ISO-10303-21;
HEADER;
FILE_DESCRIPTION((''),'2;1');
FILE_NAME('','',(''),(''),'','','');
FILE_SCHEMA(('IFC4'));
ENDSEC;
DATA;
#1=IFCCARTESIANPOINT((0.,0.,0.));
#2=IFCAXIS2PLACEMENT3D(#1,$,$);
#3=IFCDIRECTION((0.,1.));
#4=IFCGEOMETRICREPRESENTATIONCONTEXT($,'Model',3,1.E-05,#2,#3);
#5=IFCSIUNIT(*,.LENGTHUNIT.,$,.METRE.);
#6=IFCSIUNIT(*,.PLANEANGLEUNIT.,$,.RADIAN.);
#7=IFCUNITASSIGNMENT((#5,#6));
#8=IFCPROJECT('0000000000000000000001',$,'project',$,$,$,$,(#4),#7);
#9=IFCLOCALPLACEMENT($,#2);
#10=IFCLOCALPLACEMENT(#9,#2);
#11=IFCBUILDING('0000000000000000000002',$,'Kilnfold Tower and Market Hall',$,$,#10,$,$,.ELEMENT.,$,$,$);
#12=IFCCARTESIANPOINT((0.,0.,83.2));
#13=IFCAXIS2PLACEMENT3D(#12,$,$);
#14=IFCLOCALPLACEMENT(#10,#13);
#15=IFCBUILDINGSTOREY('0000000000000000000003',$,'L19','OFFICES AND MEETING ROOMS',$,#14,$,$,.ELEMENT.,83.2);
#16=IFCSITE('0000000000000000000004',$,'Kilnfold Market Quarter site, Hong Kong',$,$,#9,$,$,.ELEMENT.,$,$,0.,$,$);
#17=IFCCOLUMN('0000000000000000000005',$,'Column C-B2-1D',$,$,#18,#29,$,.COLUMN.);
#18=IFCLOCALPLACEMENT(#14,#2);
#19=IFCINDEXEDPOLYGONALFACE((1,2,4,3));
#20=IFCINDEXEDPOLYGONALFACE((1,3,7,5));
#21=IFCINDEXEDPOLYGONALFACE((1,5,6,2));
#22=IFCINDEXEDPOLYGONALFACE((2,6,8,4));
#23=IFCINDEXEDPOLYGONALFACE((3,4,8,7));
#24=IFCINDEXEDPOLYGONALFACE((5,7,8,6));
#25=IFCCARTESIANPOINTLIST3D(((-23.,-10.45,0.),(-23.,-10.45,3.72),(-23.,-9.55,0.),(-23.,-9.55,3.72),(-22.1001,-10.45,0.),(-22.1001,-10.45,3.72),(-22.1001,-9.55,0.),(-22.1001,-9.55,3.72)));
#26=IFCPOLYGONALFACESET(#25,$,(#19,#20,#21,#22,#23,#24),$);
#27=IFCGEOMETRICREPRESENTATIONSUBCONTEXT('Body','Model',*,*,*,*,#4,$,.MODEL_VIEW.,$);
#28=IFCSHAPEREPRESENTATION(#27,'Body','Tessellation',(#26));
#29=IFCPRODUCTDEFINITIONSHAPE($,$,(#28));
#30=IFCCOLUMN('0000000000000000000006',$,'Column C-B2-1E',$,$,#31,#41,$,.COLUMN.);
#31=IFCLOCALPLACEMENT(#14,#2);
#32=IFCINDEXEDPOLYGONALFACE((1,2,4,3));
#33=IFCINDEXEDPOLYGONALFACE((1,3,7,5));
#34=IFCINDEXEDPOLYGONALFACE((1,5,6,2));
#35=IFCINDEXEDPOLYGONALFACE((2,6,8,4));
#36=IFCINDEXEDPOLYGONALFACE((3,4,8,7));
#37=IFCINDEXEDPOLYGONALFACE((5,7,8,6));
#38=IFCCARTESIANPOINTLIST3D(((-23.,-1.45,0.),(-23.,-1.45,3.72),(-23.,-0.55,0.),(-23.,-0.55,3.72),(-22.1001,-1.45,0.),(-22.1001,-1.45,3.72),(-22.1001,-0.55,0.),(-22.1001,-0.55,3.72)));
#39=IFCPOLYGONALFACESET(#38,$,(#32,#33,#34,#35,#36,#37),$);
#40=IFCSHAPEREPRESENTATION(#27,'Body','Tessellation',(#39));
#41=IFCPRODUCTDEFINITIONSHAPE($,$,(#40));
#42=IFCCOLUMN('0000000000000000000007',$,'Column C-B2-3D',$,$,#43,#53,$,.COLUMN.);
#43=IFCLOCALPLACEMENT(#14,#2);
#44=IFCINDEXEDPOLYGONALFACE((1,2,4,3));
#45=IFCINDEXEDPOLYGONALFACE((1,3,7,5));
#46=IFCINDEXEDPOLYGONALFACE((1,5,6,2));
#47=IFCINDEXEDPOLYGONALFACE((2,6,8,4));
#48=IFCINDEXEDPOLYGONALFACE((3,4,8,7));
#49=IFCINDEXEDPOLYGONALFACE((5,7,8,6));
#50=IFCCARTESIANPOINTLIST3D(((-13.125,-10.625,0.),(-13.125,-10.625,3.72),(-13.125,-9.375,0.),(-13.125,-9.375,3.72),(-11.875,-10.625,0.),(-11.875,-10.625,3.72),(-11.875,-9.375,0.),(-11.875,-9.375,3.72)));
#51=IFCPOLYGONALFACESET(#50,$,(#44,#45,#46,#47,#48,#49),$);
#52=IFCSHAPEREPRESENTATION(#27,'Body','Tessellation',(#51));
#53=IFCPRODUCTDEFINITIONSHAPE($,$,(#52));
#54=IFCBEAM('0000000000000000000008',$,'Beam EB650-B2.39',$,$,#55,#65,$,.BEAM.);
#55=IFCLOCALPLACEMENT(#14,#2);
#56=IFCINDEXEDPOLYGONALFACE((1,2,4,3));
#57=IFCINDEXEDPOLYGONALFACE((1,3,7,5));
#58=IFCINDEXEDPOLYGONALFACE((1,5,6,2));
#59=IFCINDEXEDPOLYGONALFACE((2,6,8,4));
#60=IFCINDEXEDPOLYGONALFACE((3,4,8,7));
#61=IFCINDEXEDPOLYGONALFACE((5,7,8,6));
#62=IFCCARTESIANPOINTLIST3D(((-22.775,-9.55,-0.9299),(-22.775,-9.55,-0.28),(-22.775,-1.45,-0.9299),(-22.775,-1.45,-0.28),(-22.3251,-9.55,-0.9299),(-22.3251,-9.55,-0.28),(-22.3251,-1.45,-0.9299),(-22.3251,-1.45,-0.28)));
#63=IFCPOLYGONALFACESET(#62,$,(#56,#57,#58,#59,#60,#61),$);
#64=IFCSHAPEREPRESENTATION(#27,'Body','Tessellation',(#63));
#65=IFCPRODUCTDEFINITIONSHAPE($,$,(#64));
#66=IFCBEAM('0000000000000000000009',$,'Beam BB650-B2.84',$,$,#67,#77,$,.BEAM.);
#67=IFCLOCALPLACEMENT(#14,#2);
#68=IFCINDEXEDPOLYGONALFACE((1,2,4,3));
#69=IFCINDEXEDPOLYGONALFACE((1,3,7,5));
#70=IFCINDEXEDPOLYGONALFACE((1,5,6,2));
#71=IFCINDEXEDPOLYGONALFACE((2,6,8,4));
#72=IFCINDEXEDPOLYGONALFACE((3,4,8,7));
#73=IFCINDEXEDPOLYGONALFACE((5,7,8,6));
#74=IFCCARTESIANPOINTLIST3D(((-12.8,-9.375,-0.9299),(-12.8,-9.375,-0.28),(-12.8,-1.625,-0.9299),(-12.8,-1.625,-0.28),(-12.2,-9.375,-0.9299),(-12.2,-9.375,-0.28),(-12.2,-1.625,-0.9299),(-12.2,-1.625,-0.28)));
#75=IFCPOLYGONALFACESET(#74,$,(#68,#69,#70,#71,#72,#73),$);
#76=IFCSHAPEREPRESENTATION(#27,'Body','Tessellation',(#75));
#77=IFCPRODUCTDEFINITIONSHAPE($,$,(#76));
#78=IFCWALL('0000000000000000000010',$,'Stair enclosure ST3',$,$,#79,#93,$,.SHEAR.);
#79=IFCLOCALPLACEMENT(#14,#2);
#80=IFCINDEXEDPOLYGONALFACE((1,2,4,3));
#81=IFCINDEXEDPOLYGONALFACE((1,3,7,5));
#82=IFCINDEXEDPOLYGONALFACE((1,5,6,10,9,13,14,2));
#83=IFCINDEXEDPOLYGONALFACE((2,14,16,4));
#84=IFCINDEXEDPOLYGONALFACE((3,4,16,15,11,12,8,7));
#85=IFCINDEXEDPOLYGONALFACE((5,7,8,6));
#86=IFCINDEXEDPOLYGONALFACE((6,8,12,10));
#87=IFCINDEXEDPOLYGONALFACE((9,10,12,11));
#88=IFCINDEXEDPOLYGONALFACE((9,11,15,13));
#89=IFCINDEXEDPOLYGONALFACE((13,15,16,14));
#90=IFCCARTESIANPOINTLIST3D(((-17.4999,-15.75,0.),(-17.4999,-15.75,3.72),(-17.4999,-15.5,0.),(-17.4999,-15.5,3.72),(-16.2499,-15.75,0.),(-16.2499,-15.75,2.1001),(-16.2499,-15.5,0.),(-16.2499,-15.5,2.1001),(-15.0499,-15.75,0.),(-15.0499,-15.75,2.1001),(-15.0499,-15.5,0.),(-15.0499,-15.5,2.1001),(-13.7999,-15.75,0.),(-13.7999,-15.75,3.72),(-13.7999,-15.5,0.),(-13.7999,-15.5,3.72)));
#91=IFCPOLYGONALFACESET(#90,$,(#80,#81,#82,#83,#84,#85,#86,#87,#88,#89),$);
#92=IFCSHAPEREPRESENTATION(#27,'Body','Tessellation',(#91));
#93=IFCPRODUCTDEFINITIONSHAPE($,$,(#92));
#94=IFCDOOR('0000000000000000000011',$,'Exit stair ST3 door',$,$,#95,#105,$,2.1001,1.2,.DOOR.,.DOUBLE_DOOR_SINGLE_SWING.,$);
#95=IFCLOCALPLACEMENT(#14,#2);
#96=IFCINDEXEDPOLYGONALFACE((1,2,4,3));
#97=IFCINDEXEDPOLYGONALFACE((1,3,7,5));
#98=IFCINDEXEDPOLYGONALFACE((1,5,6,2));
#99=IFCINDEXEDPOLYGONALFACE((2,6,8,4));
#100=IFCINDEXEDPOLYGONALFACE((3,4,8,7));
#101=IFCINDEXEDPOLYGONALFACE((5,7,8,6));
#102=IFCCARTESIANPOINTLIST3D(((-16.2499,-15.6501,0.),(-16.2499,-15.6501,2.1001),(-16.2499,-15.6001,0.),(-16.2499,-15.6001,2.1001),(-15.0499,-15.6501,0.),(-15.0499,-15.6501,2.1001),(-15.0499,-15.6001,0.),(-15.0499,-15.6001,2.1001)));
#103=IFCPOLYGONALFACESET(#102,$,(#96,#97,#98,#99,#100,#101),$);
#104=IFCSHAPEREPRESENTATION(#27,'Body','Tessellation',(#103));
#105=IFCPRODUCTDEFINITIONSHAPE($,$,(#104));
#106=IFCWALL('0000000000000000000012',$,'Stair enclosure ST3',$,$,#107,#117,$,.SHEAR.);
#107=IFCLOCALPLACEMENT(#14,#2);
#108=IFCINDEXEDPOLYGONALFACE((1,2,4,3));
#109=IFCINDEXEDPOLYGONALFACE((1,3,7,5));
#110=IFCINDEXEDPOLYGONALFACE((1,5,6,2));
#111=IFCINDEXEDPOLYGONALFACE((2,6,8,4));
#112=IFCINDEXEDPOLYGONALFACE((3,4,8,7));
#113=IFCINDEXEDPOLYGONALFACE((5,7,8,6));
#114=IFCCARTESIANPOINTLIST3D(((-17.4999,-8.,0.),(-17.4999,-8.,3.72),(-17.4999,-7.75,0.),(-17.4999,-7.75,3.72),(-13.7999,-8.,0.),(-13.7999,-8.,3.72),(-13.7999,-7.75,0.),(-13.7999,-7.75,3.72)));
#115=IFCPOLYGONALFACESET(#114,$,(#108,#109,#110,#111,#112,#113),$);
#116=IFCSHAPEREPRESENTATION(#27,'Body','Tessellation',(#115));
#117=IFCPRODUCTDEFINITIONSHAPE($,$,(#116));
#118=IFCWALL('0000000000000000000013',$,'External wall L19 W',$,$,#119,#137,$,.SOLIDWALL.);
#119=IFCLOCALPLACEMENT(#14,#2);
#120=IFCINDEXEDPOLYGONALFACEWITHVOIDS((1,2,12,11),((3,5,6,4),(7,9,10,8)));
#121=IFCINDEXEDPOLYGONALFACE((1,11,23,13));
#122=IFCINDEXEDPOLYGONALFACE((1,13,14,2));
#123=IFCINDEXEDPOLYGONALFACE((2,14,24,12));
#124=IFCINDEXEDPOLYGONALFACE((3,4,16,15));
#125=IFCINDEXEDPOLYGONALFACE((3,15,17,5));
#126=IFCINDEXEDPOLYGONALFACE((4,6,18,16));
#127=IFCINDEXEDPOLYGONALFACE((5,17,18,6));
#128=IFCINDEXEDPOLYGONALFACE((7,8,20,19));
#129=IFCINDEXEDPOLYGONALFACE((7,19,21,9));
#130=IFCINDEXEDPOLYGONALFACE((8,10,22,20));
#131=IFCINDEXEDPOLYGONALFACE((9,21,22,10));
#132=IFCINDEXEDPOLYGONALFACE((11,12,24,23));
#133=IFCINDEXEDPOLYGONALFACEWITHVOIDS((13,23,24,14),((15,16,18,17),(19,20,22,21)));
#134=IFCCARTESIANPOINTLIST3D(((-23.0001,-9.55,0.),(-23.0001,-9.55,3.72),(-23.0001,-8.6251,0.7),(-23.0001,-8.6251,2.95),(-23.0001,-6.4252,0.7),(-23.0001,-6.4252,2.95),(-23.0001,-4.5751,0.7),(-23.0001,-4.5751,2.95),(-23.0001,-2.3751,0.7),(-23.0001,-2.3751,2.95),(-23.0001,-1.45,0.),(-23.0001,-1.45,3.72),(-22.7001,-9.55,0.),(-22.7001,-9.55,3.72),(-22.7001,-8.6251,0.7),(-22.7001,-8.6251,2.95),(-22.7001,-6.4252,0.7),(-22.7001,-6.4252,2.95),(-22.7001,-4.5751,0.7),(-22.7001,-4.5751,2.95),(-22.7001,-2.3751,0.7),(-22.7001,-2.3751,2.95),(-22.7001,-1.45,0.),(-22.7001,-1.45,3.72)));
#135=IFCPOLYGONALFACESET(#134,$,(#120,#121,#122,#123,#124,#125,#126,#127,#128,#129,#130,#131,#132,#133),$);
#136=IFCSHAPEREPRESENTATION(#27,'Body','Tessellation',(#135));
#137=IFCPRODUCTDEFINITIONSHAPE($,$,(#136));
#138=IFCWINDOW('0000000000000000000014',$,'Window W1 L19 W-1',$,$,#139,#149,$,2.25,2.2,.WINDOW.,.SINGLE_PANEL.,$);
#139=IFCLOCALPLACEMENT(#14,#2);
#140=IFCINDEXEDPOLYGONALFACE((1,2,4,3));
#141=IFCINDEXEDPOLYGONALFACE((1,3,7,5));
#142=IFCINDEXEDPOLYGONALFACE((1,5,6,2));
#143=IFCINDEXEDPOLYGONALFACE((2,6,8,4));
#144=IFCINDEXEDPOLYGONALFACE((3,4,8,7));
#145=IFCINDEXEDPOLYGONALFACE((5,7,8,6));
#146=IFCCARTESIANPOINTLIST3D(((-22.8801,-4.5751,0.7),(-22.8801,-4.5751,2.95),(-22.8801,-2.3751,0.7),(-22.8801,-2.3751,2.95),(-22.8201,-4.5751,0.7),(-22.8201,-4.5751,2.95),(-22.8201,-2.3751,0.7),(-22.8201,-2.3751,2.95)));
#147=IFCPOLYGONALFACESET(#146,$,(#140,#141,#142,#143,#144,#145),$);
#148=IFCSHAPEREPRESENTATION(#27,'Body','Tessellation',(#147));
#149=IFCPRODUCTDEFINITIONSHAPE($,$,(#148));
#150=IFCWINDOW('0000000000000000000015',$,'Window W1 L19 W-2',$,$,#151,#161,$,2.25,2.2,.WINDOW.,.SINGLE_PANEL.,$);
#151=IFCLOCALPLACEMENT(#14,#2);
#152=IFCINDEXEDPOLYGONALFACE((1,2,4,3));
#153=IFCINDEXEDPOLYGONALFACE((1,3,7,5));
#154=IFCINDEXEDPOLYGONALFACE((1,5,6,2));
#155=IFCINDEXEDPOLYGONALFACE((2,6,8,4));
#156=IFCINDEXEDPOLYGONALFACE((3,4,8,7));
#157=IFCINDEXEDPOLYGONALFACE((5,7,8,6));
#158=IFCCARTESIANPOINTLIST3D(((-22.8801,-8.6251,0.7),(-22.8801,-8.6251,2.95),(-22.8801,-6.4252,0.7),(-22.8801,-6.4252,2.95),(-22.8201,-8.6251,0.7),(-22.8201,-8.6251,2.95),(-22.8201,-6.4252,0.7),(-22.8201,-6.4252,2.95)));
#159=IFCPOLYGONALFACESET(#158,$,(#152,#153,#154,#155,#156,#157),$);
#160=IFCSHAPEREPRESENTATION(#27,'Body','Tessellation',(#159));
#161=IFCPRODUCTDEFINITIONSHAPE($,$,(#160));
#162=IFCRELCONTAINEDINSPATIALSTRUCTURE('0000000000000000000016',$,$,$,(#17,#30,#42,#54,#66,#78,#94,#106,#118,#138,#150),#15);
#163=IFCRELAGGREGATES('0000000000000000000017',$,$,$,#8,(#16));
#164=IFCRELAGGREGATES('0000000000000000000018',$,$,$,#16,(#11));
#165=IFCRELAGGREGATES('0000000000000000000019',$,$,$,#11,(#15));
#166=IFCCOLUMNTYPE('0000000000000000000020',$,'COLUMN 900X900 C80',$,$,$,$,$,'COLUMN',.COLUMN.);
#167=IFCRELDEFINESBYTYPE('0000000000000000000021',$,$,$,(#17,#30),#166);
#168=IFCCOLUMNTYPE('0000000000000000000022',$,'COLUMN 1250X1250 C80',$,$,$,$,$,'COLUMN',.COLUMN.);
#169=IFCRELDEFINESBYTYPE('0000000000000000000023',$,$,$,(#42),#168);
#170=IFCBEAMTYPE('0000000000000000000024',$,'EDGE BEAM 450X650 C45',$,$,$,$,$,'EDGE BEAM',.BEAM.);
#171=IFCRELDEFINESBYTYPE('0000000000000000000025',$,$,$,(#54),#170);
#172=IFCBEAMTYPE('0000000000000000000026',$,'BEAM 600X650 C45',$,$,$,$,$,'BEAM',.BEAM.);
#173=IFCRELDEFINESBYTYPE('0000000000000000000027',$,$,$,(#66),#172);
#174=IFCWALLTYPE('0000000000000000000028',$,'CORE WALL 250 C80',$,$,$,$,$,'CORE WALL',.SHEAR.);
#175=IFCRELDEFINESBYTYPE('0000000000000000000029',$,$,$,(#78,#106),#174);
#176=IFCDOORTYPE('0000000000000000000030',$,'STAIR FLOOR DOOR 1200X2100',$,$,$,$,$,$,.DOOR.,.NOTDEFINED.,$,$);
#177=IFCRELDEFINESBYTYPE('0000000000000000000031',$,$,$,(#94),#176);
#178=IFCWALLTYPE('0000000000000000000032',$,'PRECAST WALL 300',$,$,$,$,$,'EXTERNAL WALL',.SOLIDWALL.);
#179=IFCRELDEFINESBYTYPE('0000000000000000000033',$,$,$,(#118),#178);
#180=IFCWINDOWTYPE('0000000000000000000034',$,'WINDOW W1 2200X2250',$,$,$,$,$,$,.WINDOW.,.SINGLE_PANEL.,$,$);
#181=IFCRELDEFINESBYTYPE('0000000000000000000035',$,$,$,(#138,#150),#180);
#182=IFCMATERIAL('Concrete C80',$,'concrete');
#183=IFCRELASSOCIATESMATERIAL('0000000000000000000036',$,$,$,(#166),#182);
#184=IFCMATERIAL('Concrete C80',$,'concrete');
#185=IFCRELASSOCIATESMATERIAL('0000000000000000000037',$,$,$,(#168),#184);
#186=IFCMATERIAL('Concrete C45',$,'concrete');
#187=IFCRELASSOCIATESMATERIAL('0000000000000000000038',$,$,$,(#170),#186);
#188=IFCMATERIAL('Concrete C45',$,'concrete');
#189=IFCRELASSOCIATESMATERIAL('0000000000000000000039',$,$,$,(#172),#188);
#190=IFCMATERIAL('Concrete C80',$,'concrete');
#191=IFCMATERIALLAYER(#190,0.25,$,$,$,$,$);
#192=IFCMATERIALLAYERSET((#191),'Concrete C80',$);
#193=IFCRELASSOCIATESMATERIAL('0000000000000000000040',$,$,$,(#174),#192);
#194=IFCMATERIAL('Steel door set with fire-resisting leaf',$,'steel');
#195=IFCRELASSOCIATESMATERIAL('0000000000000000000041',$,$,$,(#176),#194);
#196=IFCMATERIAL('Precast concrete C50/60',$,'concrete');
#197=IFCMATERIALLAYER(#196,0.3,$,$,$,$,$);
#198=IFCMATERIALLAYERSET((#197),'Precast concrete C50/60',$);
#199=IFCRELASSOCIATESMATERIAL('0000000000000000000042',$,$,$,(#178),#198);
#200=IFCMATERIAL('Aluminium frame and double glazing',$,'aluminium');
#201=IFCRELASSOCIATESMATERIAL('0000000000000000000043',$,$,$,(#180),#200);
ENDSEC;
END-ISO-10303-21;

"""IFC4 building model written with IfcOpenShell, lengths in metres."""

from ifc_helpers import new_model, si_unit, direction, frame, frame_2d, origin, origin_2d, place, context, subcontext, project, spatial, rectangle, extrude, source, transform, mapped, material, layer, layer_set, material_profile, profile_set, type_object, element, fill, save


model = new_model("IFC4")

# Units and contexts
model_context = context("Model", 3, precision=1e-05, world=origin(), true_north=direction((0.0, 1.0)))
body_context = subcontext(model_context, "Body", "Model", "MODEL_VIEW")
ifc_project = project(units=[si_unit("LENGTHUNIT", "METRE"), si_unit("PLANEANGLEUNIT", "RADIAN")], contexts=[model_context])

# Site, building, storey
site_placement = place(None, origin())
site = spatial("IfcSite", under=ifc_project, at=site_placement, Name="Kilnfold Market Quarter site, Hong Kong", CompositionType="ELEMENT", RefElevation=0.0)
building_placement = place(site_placement, origin())
building = spatial("IfcBuilding", under=site, at=building_placement, Name="Kilnfold Tower and Market Hall", CompositionType="ELEMENT")
storey_placement = place(building_placement, frame((0.0, 0.0, 83.2)))
storey = spatial("IfcBuildingStorey", under=building, at=storey_placement, Name="L19", Description="OFFICES AND MEETING ROOMS", CompositionType="ELEMENT", Elevation=83.2)

# Columns
ifc_material_1 = material(Name="Concrete C80", Category="concrete")
ifc_material_profile_1 = material_profile(ifc_material_1, rectangle(XDim=0.8999, YDim=0.8999, at=origin_2d()), Name="RC 900x900")
ifc_profile_set_1 = profile_set([ifc_material_profile_1], Name="Concrete C80")
column_type_1 = type_object("IfcColumnType", Name="COLUMN 900X900 C80", ElementType="COLUMN", PredefinedType="COLUMN", material=ifc_profile_set_1)
shared_shape_1 = source(origin(), body_context, "Body", "SweptSolid", [
    extrude(rectangle(XDim=0.8999, YDim=0.8999, at=origin_2d()), origin(), (0.0, 0.0, 1.0), 3.72),
])
for number, where, z_axis, x_axis, name in (
    (1, (-22.55, -10.0, 0.0), (0.0, 0.0, 1.0), (1.0, 0.0, 0.0), "Column C-B2-1D"),
    (2, (-22.55, -1.0, 0.0), (0.0, 0.0, 1.0), (1.0, 0.0, 0.0), "Column C-B2-1E"),
):
    element("IfcColumn", number, at=place(storey_placement, frame(where, z_axis=z_axis, x_axis=x_axis)), inside=storey, type_object=column_type_1, Name=name, PredefinedType="COLUMN", context=body_context, shape_type="MappedRepresentation", body=[
        mapped(shared_shape_1, transform((0.0, 0.0, 0.0))),
    ])
ifc_material_2 = material(Name="Concrete C80", Category="concrete")
ifc_material_profile_2 = material_profile(ifc_material_2, rectangle(XDim=1.25, YDim=1.25, at=origin_2d()), Name="RC 1250x1250")
ifc_profile_set_2 = profile_set([ifc_material_profile_2], Name="Concrete C80")
column_type_2 = type_object("IfcColumnType", Name="COLUMN 1250X1250 C80", ElementType="COLUMN", PredefinedType="COLUMN", material=ifc_profile_set_2)
shared_shape_2 = source(origin(), body_context, "Body", "SweptSolid", [
    extrude(rectangle(XDim=1.25, YDim=1.25, at=origin_2d()), origin(), (0.0, 0.0, 1.0), 3.72),
])
column_placement = place(storey_placement, frame((-12.5, -10.0, 0.0), z_axis=(0.0, 0.0, 1.0), x_axis=(1.0, 0.0, 0.0)))
element("IfcColumn", 3, at=column_placement, inside=storey, type_object=column_type_2, Name="Column C-B2-3D", PredefinedType="COLUMN", context=body_context, shape_type="MappedRepresentation", body=[
    mapped(shared_shape_2, transform((0.0, 0.0, 0.0))),
])

# Beams
ifc_material_3 = material(Name="Concrete C45", Category="concrete")
ifc_material_profile_3 = material_profile(ifc_material_3, rectangle(XDim=0.45, YDim=0.6499, at=origin_2d()), Name="RC 450x650")
ifc_profile_set_3 = profile_set([ifc_material_profile_3], Name="Concrete C45")
beam_type_1 = type_object("IfcBeamType", Name="EDGE BEAM 450X650 C45", ElementType="EDGE BEAM", PredefinedType="BEAM", material=ifc_profile_set_3)
shared_shape_3 = source(origin(), body_context, "Body", "SweptSolid", [
    extrude(rectangle(XDim=0.45, YDim=0.6499, at=origin_2d()), origin(), (0.0, 0.0, 1.0), 8.1001),
])
beam_1_placement = place(storey_placement, frame((-22.55, -9.55, -0.605), z_axis=(0.0, 1.0, 0.0), x_axis=(-1.0, 0.0, 0.0)))
element("IfcBeam", 4, at=beam_1_placement, inside=storey, type_object=beam_type_1, Name="Beam EB650-B2.39", PredefinedType="BEAM", context=body_context, shape_type="MappedRepresentation", body=[
    mapped(shared_shape_3, transform((0.0, 0.0, 0.0))),
])
ifc_material_4 = material(Name="Concrete C45", Category="concrete")
ifc_material_profile_4 = material_profile(ifc_material_4, rectangle(XDim=0.6001, YDim=0.6499, at=origin_2d()), Name="RC 600x650")
ifc_profile_set_4 = profile_set([ifc_material_profile_4], Name="Concrete C45")
beam_type_2 = type_object("IfcBeamType", Name="BEAM 600X650 C45", ElementType="BEAM", PredefinedType="BEAM", material=ifc_profile_set_4)
shared_shape_4 = source(origin(), body_context, "Body", "SweptSolid", [
    extrude(rectangle(XDim=0.6001, YDim=0.6499, at=origin_2d()), origin(), (0.0, 0.0, 1.0), 7.75),
])
beam_2_placement = place(storey_placement, frame((-12.5, -9.375, -0.605), z_axis=(0.0, 1.0, 0.0), x_axis=(-1.0, 0.0, 0.0)))
element("IfcBeam", 5, at=beam_2_placement, inside=storey, type_object=beam_type_2, Name="Beam BB650-B2.84", PredefinedType="BEAM", context=body_context, shape_type="MappedRepresentation", body=[
    mapped(shared_shape_4, transform((0.0, 0.0, 0.0))),
])

# Wall, opening, door
ifc_material_5 = material(Name="Concrete C80", Category="concrete")
ifc_layer_1 = layer(ifc_material_5, 0.25)
ifc_layer_set_1 = layer_set([ifc_layer_1], Name="Concrete C80")
wall_type_1 = type_object("IfcWallType", Name="CORE WALL 250 C80", ElementType="CORE WALL", PredefinedType="SHEAR", material=ifc_layer_set_1)
shared_shape_5 = source(origin(), body_context, "Body", "SweptSolid", [
    extrude(rectangle(XDim=3.7, YDim=0.25, at=frame_2d((1.8501, 0.0))), origin(), (0.0, 0.0, 1.0), 3.72),
])
wall_1_placement = place(storey_placement, frame((-17.5, -15.625, 0.0), z_axis=(0.0, 0.0, 1.0), x_axis=(1.0, 0.0, 0.0)))
wall_1 = element("IfcWall", 6, at=wall_1_placement, inside=storey, type_object=wall_type_1, Name="Stair enclosure ST3", PredefinedType="SHEAR", context=body_context, shape_type="MappedRepresentation", body=[
    mapped(shared_shape_5, transform((0.0, 0.0, 0.0))),
])
opening_1_placement = place(wall_1_placement, frame((1.25, 0.0, 0.0)))
opening_1 = element("IfcOpeningElement", 7, at=opening_1_placement, cuts=wall_1, PredefinedType="OPENING", context=body_context, shape_type="SweptSolid", body=[
    extrude(rectangle(XDim=1.2, YDim=2.1001, at=frame_2d((0.6001, 1.05))), frame((0.0, 0.135, 0.0), z_axis=(0.0, -1.0, 0.0), x_axis=(1.0, 0.0, 0.0)), (0.0, 0.0, 1.0), 0.27),
])
ifc_material_6 = material(Name="Steel door set with fire-resisting leaf", Category="steel")
door_type = type_object("IfcDoorType", Name="STAIR FLOOR DOOR 1200X2100", OperationType="NOTDEFINED", PredefinedType="DOOR", material=ifc_material_6)
door_placement = place(opening_1_placement, origin())
door = element("IfcDoor", 8, at=door_placement, inside=storey, type_object=door_type, Name="Exit stair ST3 door", OperationType="DOUBLE_DOOR_SINGLE_SWING", OverallHeight=2.1001, OverallWidth=1.2, PredefinedType="DOOR", context=body_context, shape_type="SweptSolid", body=[
    extrude(rectangle(XDim=1.2, YDim=2.1001, at=frame_2d((0.6001, 1.05))), frame((0.0, 0.0249, 0.0), z_axis=(0.0, -1.0, 0.0), x_axis=(1.0, 0.0, 0.0)), (0.0, 0.0, 1.0), 0.05),
])
fill(opening_1, door)

# Wall
wall_2_placement = place(storey_placement, frame((-17.5, -7.875, 0.0), z_axis=(0.0, 0.0, 1.0), x_axis=(1.0, 0.0, 0.0)))
element("IfcWall", 9, at=wall_2_placement, inside=storey, type_object=wall_type_1, Name="Stair enclosure ST3", PredefinedType="SHEAR", context=body_context, shape_type="MappedRepresentation", body=[
    mapped(shared_shape_5, transform((0.0, 0.0, 0.0))),
])

# Wall, openings, windows
ifc_material_7 = material(Name="Precast concrete C50/60", Category="concrete")
ifc_layer_2 = layer(ifc_material_7, 0.3)
ifc_layer_set_2 = layer_set([ifc_layer_2], Name="Precast concrete C50/60")
wall_type_2 = type_object("IfcWallType", Name="PRECAST WALL 300", ElementType="EXTERNAL WALL", PredefinedType="SOLIDWALL", material=ifc_layer_set_2)
shared_shape_6 = source(origin(), body_context, "Body", "SweptSolid", [
    extrude(rectangle(XDim=8.1001, YDim=0.3, at=frame_2d((4.05, 0.0))), origin(), (0.0, 0.0, 1.0), 3.72),
])
wall_3_placement = place(storey_placement, frame((-22.8501, -1.45, 0.0), z_axis=(0.0, 0.0, 1.0), x_axis=(0.0, -1.0, 0.0)))
wall_3 = element("IfcWall", 10, at=wall_3_placement, inside=storey, type_object=wall_type_2, Name="External wall L19 W", PredefinedType="SOLIDWALL", context=body_context, shape_type="MappedRepresentation", body=[
    mapped(shared_shape_6, transform((0.0, 0.0, 0.0))),
])
opening_2_placement = place(wall_3_placement, frame((0.925, 0.0, 0.7)))
opening_2 = element("IfcOpeningElement", 11, at=opening_2_placement, cuts=wall_3, PredefinedType="OPENING", context=body_context, shape_type="SweptSolid", body=[
    extrude(rectangle(XDim=2.2, YDim=2.25, at=frame_2d((1.1001, 1.125))), frame((0.0, 0.1602, 0.0), z_axis=(0.0, -1.0, 0.0), x_axis=(1.0, 0.0, 0.0)), (0.0, 0.0, 1.0), 0.3201),
])
opening_3_placement = place(wall_3_placement, frame((4.9751, 0.0, 0.7)))
opening_3 = element("IfcOpeningElement", 12, at=opening_3_placement, cuts=wall_3, PredefinedType="OPENING", context=body_context, shape_type="SweptSolid", body=[
    extrude(rectangle(XDim=2.2, YDim=2.25, at=frame_2d((1.1001, 1.125))), frame((0.0, 0.1602, 0.0), z_axis=(0.0, -1.0, 0.0), x_axis=(1.0, 0.0, 0.0)), (0.0, 0.0, 1.0), 0.3201),
])
ifc_material_8 = material(Name="Aluminium frame and double glazing", Category="aluminium")
window_type = type_object("IfcWindowType", Name="WINDOW W1 2200X2250", PartitioningType="SINGLE_PANEL", PredefinedType="WINDOW", material=ifc_material_8)
window_1_placement = place(opening_2_placement, origin())
window_1 = element("IfcWindow", 13, at=window_1_placement, inside=storey, type_object=window_type, Name="Window W1 L19 W-1", OverallHeight=2.25, OverallWidth=2.2, PartitioningType="SINGLE_PANEL", PredefinedType="WINDOW", context=body_context, shape_type="SweptSolid", body=[
    extrude(rectangle(XDim=2.2, YDim=2.25, at=frame_2d((1.1001, 1.125))), frame((0.0, 0.03, 0.0), z_axis=(0.0, -1.0, 0.0), x_axis=(1.0, 0.0, 0.0)), (0.0, 0.0, 1.0), 0.0601),
])
fill(opening_2, window_1)
window_2_placement = place(opening_3_placement, origin())
window_2 = element("IfcWindow", 14, at=window_2_placement, inside=storey, type_object=window_type, Name="Window W1 L19 W-2", OverallHeight=2.25, OverallWidth=2.2, PartitioningType="SINGLE_PANEL", PredefinedType="WINDOW", context=body_context, shape_type="SweptSolid", body=[
    extrude(rectangle(XDim=2.2, YDim=2.25, at=frame_2d((1.1001, 1.125))), frame((0.0, 0.03, 0.0), z_axis=(0.0, -1.0, 0.0), x_axis=(1.0, 0.0, 0.0)), (0.0, 0.0, 1.0), 0.0601),
])
fill(opening_3, window_2)

save(model, "model.ifc")
